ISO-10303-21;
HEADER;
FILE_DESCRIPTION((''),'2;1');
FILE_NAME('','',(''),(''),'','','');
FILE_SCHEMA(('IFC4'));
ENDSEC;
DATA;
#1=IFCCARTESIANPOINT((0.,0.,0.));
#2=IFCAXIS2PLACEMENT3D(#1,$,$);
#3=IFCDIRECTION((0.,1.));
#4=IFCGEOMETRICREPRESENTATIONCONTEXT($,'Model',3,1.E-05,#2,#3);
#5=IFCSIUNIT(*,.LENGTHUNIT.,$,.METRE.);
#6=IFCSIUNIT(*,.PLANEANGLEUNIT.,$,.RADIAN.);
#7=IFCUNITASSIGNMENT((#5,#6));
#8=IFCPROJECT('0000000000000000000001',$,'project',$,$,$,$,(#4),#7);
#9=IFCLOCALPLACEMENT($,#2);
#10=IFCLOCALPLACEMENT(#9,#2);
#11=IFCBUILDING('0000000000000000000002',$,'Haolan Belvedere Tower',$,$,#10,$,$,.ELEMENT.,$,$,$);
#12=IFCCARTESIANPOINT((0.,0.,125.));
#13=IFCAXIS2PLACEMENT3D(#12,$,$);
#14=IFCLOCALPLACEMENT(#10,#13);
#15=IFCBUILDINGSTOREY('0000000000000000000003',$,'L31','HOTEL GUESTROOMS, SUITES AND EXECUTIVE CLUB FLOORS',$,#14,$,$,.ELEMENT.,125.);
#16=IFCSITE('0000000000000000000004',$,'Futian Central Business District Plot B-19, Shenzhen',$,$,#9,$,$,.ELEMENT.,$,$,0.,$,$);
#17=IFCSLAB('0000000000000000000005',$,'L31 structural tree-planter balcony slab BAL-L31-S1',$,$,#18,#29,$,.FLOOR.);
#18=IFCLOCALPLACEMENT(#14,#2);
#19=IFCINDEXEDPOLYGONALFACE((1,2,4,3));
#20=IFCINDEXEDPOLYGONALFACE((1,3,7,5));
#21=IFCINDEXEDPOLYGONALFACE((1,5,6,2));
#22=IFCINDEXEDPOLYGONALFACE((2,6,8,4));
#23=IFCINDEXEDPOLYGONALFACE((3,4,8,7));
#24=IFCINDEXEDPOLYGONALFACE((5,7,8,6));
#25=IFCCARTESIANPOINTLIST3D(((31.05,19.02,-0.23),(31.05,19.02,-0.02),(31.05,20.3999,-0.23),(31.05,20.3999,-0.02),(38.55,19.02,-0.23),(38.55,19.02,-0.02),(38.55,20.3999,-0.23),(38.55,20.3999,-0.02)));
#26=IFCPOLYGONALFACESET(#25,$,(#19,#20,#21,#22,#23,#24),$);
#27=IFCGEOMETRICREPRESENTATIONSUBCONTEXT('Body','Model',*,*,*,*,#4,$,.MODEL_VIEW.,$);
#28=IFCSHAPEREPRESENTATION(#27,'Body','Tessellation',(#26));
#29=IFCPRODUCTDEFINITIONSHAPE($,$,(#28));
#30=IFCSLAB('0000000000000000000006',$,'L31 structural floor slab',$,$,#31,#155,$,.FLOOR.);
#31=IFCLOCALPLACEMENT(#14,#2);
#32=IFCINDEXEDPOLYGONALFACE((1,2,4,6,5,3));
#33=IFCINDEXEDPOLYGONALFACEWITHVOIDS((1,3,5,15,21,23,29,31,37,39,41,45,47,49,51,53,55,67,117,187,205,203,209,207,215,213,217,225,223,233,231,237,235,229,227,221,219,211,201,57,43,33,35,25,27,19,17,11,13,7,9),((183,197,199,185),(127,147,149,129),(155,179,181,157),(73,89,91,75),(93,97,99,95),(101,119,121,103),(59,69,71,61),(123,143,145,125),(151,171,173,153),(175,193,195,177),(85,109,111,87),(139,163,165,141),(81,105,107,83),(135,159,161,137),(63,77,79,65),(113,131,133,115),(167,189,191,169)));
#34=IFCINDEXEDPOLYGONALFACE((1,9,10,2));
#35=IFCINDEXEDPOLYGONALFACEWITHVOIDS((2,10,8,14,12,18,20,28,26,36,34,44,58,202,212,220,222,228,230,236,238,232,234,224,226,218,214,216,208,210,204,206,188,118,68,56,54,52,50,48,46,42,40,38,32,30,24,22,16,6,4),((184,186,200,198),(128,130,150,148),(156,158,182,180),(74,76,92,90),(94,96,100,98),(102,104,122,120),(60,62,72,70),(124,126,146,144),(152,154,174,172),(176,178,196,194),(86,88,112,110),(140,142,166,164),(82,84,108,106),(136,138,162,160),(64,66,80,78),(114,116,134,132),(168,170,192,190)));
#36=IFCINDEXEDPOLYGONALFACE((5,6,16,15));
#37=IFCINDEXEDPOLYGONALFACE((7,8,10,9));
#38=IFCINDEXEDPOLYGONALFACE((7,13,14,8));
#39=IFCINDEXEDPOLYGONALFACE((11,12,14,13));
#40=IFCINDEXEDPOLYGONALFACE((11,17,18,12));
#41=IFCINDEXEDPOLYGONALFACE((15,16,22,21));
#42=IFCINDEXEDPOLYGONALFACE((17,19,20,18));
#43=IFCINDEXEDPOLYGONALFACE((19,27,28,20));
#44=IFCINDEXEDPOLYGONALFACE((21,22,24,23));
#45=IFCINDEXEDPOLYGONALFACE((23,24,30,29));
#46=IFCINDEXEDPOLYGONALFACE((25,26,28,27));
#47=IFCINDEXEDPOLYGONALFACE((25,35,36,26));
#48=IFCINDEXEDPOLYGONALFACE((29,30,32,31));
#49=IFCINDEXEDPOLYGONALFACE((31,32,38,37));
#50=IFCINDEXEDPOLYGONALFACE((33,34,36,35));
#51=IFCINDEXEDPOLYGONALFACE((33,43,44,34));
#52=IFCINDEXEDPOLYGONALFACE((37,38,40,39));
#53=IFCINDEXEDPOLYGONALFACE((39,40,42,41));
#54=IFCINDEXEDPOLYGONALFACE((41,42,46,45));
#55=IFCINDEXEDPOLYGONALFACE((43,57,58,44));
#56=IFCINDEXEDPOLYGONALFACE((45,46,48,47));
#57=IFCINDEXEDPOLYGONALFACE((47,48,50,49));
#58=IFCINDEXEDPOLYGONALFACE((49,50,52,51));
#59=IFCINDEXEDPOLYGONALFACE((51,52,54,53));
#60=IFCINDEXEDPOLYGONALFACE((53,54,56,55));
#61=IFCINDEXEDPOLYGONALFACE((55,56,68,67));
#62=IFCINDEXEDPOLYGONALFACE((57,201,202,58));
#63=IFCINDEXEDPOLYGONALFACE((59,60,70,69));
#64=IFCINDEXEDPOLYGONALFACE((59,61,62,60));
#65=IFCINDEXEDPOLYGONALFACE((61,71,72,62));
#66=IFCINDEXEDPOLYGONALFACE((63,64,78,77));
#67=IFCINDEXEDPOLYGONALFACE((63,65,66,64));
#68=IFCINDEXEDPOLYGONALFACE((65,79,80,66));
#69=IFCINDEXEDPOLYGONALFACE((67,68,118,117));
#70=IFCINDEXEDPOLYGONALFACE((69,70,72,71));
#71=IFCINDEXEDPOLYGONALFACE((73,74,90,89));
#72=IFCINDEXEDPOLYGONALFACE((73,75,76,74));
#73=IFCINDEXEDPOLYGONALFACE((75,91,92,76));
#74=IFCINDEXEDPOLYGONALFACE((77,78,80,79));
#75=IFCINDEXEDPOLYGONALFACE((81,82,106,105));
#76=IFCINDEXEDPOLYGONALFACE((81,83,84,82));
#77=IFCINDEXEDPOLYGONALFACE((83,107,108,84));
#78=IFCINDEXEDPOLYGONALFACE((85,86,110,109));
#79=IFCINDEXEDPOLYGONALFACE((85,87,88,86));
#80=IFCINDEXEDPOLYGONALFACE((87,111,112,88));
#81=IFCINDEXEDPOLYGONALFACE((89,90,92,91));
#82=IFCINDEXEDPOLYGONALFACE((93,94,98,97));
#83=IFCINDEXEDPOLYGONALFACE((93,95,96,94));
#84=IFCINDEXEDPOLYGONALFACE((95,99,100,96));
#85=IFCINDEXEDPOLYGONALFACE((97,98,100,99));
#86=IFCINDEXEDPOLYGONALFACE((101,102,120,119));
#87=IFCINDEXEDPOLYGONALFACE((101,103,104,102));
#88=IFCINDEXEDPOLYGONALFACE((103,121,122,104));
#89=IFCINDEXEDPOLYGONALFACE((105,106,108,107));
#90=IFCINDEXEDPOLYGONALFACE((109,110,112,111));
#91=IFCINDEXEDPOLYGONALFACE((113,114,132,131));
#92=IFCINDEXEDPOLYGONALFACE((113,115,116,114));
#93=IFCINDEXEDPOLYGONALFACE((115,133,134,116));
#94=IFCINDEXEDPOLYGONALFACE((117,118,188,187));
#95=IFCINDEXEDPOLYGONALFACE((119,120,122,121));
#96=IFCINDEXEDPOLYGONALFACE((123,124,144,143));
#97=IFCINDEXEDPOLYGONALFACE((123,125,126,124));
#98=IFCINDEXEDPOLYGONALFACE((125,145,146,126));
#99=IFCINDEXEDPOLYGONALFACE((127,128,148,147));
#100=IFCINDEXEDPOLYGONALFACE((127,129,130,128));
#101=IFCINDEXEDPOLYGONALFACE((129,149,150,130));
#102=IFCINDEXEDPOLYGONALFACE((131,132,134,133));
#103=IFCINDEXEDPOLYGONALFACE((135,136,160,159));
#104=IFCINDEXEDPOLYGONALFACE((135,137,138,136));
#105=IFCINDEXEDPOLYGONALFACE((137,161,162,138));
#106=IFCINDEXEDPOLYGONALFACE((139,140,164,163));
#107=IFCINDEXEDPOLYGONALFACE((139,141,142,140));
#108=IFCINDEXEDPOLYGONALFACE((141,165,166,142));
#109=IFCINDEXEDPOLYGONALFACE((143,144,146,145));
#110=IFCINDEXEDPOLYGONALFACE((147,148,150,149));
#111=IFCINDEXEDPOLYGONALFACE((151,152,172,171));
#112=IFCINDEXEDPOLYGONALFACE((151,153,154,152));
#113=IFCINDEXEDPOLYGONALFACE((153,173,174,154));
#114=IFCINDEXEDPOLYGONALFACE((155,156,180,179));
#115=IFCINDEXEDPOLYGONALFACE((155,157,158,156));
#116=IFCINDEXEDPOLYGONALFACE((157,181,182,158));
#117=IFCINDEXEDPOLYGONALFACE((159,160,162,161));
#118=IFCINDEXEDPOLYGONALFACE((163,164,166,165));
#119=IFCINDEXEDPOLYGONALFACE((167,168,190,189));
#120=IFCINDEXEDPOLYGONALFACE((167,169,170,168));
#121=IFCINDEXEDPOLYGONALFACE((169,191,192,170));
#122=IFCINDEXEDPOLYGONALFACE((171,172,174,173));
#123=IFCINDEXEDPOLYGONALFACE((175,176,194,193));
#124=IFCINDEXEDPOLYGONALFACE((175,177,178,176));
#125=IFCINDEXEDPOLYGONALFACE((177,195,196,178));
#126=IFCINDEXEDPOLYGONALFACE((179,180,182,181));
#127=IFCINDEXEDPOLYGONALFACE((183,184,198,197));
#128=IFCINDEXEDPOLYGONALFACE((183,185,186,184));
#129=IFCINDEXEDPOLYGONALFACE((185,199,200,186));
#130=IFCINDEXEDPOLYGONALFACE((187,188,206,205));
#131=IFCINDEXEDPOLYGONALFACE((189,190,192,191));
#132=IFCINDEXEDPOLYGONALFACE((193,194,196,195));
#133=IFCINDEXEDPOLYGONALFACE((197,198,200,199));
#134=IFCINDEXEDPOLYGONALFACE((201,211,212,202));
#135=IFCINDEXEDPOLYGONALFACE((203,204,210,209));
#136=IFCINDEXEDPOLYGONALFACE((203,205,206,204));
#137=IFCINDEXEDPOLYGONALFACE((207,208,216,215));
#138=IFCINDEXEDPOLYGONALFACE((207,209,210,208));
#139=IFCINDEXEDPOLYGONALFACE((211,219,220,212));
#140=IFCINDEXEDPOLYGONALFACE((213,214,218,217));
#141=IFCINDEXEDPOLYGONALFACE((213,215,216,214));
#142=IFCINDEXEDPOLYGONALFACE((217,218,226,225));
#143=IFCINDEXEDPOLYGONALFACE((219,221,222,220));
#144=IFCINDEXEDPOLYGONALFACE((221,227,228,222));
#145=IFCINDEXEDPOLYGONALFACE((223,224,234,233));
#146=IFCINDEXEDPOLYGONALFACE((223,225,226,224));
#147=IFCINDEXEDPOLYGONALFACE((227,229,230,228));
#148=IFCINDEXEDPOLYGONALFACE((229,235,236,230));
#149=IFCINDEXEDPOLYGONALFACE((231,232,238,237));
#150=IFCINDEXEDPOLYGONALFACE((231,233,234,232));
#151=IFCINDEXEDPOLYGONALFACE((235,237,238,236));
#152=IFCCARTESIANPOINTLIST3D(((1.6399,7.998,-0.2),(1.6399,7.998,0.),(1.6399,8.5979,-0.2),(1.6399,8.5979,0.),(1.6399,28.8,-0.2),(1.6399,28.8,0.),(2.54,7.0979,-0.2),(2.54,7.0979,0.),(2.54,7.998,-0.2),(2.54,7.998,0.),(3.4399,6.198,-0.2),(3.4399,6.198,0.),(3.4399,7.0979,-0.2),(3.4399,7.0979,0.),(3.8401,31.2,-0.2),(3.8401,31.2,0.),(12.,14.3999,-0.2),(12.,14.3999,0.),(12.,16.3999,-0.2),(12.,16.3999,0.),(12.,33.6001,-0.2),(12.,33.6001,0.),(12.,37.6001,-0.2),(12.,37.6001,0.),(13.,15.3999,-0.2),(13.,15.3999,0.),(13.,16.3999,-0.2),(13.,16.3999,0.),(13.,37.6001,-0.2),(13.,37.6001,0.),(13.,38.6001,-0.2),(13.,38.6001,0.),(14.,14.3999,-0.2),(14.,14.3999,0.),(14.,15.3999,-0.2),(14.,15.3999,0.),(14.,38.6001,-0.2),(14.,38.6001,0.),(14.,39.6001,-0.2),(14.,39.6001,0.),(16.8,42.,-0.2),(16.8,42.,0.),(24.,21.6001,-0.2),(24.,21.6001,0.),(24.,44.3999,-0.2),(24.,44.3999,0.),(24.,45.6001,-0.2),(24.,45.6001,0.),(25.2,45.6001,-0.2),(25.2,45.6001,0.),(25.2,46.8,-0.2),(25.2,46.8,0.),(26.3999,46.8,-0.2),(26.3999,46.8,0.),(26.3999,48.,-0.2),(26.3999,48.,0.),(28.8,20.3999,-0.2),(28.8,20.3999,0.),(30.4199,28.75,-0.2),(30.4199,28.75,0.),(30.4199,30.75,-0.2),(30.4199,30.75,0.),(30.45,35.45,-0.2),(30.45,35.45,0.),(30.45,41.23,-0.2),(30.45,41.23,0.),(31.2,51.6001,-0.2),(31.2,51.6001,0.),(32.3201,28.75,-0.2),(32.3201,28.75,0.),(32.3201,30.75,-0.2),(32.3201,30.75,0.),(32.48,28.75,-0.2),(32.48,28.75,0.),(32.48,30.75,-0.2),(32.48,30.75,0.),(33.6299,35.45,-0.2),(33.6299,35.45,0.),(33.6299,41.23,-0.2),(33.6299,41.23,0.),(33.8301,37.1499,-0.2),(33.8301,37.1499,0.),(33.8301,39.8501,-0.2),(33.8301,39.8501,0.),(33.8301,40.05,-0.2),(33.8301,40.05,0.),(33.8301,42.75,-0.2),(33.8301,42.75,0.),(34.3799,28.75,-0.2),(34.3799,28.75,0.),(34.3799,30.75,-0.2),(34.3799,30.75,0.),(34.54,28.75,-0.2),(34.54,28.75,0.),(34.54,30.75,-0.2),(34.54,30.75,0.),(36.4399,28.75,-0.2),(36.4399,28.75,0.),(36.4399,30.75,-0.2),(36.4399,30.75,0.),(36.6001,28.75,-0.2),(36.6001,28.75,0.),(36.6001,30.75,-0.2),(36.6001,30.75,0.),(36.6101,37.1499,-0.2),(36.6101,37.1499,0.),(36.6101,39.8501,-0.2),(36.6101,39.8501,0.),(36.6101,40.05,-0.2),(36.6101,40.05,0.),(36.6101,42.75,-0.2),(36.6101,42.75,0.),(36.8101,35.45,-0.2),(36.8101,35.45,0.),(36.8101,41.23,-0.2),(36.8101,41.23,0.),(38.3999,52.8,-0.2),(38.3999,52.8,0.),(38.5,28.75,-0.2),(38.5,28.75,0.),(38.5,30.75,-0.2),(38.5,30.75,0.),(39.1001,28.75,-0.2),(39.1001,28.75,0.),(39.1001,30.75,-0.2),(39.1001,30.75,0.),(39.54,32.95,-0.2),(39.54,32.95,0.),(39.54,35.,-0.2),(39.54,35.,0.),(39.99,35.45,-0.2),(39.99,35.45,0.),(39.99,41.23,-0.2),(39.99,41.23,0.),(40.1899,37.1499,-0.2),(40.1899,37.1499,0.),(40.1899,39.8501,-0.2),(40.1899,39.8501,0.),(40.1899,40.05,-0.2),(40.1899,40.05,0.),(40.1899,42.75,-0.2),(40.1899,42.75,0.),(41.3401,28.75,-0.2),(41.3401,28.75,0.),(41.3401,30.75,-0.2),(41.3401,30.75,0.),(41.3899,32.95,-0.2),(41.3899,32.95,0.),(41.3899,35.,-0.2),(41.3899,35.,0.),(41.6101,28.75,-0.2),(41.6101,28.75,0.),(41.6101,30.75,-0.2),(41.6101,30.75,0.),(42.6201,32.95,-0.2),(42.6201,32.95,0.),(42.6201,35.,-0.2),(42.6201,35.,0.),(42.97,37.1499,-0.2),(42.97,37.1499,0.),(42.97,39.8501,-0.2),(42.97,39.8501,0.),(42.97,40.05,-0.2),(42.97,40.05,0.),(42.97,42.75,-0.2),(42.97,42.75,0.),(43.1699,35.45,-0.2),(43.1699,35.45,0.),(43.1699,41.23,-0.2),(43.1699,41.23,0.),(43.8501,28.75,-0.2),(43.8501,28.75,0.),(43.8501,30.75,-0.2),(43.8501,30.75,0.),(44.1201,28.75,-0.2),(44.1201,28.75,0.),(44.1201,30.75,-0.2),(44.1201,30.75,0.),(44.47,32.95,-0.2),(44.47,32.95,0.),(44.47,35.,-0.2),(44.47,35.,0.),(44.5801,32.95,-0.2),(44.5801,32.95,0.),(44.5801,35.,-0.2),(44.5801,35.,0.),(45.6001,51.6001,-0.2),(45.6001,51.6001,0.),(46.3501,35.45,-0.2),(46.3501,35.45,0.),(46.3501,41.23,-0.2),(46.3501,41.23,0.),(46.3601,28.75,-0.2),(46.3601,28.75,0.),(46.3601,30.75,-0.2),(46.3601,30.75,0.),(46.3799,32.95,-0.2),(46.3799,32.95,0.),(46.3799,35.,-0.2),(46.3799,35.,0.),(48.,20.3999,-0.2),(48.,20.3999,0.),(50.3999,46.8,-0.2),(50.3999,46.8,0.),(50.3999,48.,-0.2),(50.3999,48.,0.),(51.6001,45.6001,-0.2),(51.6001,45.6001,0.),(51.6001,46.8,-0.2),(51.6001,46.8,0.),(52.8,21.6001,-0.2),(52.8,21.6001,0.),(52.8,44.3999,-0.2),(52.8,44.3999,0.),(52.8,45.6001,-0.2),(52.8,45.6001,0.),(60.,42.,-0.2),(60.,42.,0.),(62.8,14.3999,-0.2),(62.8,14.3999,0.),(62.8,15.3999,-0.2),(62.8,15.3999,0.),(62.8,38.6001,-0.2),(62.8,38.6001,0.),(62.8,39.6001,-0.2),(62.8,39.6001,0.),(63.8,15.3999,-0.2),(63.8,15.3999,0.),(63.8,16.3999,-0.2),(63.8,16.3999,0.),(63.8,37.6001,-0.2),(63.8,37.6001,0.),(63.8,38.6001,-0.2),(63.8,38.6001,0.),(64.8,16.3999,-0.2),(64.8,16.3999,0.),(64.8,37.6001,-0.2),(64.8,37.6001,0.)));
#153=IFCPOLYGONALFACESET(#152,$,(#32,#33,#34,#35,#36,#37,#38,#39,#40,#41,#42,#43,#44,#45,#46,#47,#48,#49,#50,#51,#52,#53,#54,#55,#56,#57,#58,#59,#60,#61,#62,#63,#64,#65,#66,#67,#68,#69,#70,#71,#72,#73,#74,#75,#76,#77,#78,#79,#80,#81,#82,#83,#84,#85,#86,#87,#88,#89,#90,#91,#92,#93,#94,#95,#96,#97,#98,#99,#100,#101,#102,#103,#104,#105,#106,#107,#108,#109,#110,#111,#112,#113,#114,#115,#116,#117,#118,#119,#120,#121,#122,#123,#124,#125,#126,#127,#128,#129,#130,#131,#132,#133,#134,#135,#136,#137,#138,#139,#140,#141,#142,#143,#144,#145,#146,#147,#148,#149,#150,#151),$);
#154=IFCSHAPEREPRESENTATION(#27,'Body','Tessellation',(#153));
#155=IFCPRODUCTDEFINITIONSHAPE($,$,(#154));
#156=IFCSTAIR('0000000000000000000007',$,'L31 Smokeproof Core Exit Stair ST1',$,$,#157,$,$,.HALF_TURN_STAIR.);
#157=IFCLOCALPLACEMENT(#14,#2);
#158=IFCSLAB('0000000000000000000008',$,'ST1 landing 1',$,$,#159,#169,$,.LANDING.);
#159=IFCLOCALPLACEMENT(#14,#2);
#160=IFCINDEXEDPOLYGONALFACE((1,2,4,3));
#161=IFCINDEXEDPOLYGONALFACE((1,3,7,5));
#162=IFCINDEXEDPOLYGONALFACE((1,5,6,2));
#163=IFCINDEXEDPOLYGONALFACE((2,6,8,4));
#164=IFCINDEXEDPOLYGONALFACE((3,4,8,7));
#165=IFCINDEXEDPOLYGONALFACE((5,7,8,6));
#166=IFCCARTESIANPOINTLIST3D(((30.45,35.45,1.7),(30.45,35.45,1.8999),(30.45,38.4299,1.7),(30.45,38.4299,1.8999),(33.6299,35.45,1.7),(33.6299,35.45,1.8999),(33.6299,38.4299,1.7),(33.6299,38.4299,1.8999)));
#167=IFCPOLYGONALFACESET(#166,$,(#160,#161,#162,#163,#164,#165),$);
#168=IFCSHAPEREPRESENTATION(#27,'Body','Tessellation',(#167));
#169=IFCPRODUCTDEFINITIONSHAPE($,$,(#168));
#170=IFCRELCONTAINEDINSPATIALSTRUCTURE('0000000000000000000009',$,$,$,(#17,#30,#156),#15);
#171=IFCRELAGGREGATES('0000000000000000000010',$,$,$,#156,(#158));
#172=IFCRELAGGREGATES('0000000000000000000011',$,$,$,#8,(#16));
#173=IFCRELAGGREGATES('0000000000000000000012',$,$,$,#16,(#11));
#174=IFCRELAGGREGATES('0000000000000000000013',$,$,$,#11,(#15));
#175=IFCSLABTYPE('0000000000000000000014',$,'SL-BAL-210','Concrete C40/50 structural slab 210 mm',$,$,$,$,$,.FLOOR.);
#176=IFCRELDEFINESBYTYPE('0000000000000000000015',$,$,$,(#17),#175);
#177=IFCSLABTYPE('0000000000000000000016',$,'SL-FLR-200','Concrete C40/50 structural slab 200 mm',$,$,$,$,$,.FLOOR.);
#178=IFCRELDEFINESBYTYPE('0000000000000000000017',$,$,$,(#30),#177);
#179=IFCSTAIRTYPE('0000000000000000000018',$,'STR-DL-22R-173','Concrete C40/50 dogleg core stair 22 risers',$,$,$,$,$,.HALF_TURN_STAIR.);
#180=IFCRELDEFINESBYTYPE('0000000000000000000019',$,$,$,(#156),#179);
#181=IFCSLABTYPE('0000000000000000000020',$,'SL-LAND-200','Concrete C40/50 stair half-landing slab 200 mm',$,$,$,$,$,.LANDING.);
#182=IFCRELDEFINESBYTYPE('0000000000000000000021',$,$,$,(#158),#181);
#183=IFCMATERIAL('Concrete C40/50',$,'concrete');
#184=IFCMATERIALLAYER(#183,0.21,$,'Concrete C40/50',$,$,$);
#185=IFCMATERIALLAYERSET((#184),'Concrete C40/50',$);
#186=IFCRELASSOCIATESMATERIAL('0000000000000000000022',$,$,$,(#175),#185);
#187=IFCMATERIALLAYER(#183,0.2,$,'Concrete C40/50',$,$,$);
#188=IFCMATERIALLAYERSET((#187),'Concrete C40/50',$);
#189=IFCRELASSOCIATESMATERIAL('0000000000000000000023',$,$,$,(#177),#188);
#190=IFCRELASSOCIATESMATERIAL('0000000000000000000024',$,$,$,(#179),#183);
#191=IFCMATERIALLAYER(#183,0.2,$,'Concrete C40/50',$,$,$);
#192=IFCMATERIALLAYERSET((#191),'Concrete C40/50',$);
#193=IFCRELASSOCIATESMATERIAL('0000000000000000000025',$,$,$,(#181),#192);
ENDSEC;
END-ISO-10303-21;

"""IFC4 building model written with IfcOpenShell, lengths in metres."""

from ifc_helpers import new_model, si_unit, direction, frame, origin, place, context, subcontext, project, spatial, polyline, outline, extrude, material, layer, layer_set, type_object, element, aggregate, save


model = new_model("IFC4")

# Units and contexts
model_context = context("Model", 3, precision=1e-05, world=origin(), true_north=direction((0.0, 1.0)))
body_context = subcontext(model_context, "Body", "Model", "MODEL_VIEW")
ifc_project = project(units=[si_unit("LENGTHUNIT", "METRE"), si_unit("PLANEANGLEUNIT", "RADIAN")], contexts=[model_context])

# Site, building, storey
site_placement = place(None, origin())
site = spatial("IfcSite", under=ifc_project, at=site_placement, Name="Futian Central Business District Plot B-19, Shenzhen", CompositionType="ELEMENT", RefElevation=0.0)
building_placement = place(site_placement, origin())
building = spatial("IfcBuilding", under=site, at=building_placement, Name="Haolan Belvedere Tower", CompositionType="ELEMENT")
storey_placement = place(building_placement, frame((0.0, 0.0, 125.0)))
storey = spatial("IfcBuildingStorey", under=building, at=storey_placement, Name="L31", Description="HOTEL GUESTROOMS, SUITES AND EXECUTIVE CLUB FLOORS", CompositionType="ELEMENT", Elevation=125.0)

# Slabs
ifc_material_1 = material(Name="Concrete C40/50", Category="concrete")
ifc_layer_1 = layer(ifc_material_1, 0.21, Name="Concrete C40/50")
ifc_layer_set_1 = layer_set([ifc_layer_1], Name="Concrete C40/50")
slab_type_1 = type_object("IfcSlabType", Name="SL-BAL-210", Description="Concrete C40/50 structural slab 210 mm", PredefinedType="FLOOR", material=ifc_layer_set_1)
slab_1_placement = place(storey_placement, frame((0.0, 0.0, -0.23)))
element("IfcSlab", 1, at=slab_1_placement, inside=storey, type_object=slab_type_1, Name="L31 structural tree-planter balcony slab BAL-L31-S1", PredefinedType="FLOOR", context=body_context, shape_type="SweptSolid", body=[
    extrude(outline(polyline([(31.05, 19.02), (38.55, 19.02), (38.55, 20.3999), (31.05, 20.3999), (31.05, 19.02)])), origin(), (0.0, 0.0, 1.0), 0.21),
])
ifc_layer_2 = layer(ifc_material_1, 0.2, Name="Concrete C40/50")
ifc_layer_set_2 = layer_set([ifc_layer_2], Name="Concrete C40/50")
slab_type_2 = type_object("IfcSlabType", Name="SL-FLR-200", Description="Concrete C40/50 structural slab 200 mm", PredefinedType="FLOOR", material=ifc_layer_set_2)
slab_2_placement = place(storey_placement, frame((0.0, 0.0, -0.2)))
element("IfcSlab", 2, at=slab_2_placement, inside=storey, type_object=slab_type_2, Name="L31 structural floor slab", PredefinedType="FLOOR", context=body_context, shape_type="SweptSolid", body=[
    extrude(outline(polyline([(12.0, 14.3999), (12.0, 16.3999), (13.0, 16.3999), (13.0, 15.3999), (14.0, 15.3999), (14.0, 14.3999), (24.0, 21.6001), (28.8, 20.3999), (48.0, 20.3999), (52.8, 21.6001), (62.8, 14.3999), (62.8, 15.3999), (63.8, 15.3999), (63.8, 16.3999), (64.8, 16.3999), (64.8, 37.6001), (63.8, 37.6001), (63.8, 38.6001), (62.8, 38.6001), (62.8, 39.6001), (60.0, 42.0), (52.8, 44.3999), (52.8, 45.6001), (51.6001, 45.6001), (51.6001, 46.8), (50.3999, 46.8), (50.3999, 48.0), (45.6001, 51.6001), (38.3999, 52.8), (31.2, 51.6001), (26.3999, 48.0), (26.3999, 46.8), (25.2, 46.8), (25.2, 45.6001), (24.0, 45.6001), (24.0, 44.3999), (16.8, 42.0), (14.0, 39.6001), (14.0, 38.6001), (13.0, 38.6001), (13.0, 37.6001), (12.0, 37.6001), (12.0, 33.6001), (3.8401, 31.2), (1.6399, 28.8), (1.6399, 8.5979), (1.6399, 7.998), (2.54, 7.998), (2.54, 7.0979), (3.4399, 7.0979), (3.4399, 6.198), (12.0, 14.3999)]), holes=[polyline([(30.45, 41.23), (30.45, 35.45), (33.6299, 35.45), (33.6299, 41.23), (30.45, 41.23)]), polyline([(36.8101, 41.23), (36.8101, 35.45), (39.99, 35.45), (39.99, 41.23), (36.8101, 41.23)]), polyline([(43.1699, 41.23), (43.1699, 35.45), (46.3501, 35.45), (46.3501, 41.23), (43.1699, 41.23)]), polyline([(33.8301, 40.05), (36.6101, 40.05), (36.6101, 42.75), (33.8301, 42.75), (33.8301, 40.05)]), polyline([(33.8301, 37.1499), (36.6101, 37.1499), (36.6101, 39.8501), (33.8301, 39.8501), (33.8301, 37.1499)]), polyline([(40.1899, 40.05), (42.97, 40.05), (42.97, 42.75), (40.1899, 42.75), (40.1899, 40.05)]), polyline([(40.1899, 37.1499), (42.97, 37.1499), (42.97, 39.8501), (40.1899, 39.8501), (40.1899, 37.1499)]), polyline([(39.54, 32.95), (41.3899, 32.95), (41.3899, 35.0), (39.54, 35.0), (39.54, 32.95)]), polyline([(42.6201, 32.95), (44.47, 32.95), (44.47, 35.0), (42.6201, 35.0), (42.6201, 32.95)]), polyline([(44.5801, 32.95), (46.3799, 32.95), (46.3799, 35.0), (44.5801, 35.0), (44.5801, 32.95)]), polyline([(30.4199, 28.75), (32.3201, 28.75), (32.3201, 30.75), (30.4199, 30.75), (30.4199, 28.75)]), polyline([(32.48, 28.75), (34.3799, 28.75), (34.3799, 30.75), (32.48, 30.75), (32.48, 28.75)]), polyline([(34.54, 28.75), (36.4399, 28.75), (36.4399, 30.75), (34.54, 30.75), (34.54, 28.75)]), polyline([(36.6001, 28.75), (38.5, 28.75), (38.5, 30.75), (36.6001, 30.75), (36.6001, 28.75)]), polyline([(39.1001, 28.75), (41.3401, 28.75), (41.3401, 30.75), (39.1001, 30.75), (39.1001, 28.75)]), polyline([(41.6101, 28.75), (43.8501, 28.75), (43.8501, 30.75), (41.6101, 30.75), (41.6101, 28.75)]), polyline([(44.1201, 28.75), (46.3601, 28.75), (46.3601, 30.75), (44.1201, 30.75), (44.1201, 28.75)])]), origin(), (0.0, 0.0, 1.0), 0.2),
])

# Stair, slab
stair_type = type_object("IfcStairType", Name="STR-DL-22R-173", Description="Concrete C40/50 dogleg core stair 22 risers", PredefinedType="HALF_TURN_STAIR", material=ifc_material_1)
stair_1_placement = place(storey_placement, origin())
stair_1 = element("IfcStair", 3, at=stair_1_placement, inside=storey, type_object=stair_type, Name="L31 Smokeproof Core Exit Stair ST1", PredefinedType="HALF_TURN_STAIR")
ifc_layer_3 = layer(ifc_material_1, 0.2, Name="Concrete C40/50")
ifc_layer_set_3 = layer_set([ifc_layer_3], Name="Concrete C40/50")
slab_type_3 = type_object("IfcSlabType", Name="SL-LAND-200", Description="Concrete C40/50 stair half-landing slab 200 mm", PredefinedType="LANDING", material=ifc_layer_set_3)
slab_3_placement = place(storey_placement, frame((0.0, 0.0, 1.7)))
slab_3 = element("IfcSlab", 4, at=slab_3_placement, type_object=slab_type_3, Name="ST1 landing 1", PredefinedType="LANDING", context=body_context, shape_type="SweptSolid", body=[
    extrude(outline(polyline([(30.45, 38.4299), (30.45, 35.45), (33.6299, 35.45), (33.6299, 38.4299), (30.45, 38.4299)])), origin(), (0.0, 0.0, 1.0), 0.2),
])
aggregate(stair_1, [slab_3])

save(model, "model.ifc")
